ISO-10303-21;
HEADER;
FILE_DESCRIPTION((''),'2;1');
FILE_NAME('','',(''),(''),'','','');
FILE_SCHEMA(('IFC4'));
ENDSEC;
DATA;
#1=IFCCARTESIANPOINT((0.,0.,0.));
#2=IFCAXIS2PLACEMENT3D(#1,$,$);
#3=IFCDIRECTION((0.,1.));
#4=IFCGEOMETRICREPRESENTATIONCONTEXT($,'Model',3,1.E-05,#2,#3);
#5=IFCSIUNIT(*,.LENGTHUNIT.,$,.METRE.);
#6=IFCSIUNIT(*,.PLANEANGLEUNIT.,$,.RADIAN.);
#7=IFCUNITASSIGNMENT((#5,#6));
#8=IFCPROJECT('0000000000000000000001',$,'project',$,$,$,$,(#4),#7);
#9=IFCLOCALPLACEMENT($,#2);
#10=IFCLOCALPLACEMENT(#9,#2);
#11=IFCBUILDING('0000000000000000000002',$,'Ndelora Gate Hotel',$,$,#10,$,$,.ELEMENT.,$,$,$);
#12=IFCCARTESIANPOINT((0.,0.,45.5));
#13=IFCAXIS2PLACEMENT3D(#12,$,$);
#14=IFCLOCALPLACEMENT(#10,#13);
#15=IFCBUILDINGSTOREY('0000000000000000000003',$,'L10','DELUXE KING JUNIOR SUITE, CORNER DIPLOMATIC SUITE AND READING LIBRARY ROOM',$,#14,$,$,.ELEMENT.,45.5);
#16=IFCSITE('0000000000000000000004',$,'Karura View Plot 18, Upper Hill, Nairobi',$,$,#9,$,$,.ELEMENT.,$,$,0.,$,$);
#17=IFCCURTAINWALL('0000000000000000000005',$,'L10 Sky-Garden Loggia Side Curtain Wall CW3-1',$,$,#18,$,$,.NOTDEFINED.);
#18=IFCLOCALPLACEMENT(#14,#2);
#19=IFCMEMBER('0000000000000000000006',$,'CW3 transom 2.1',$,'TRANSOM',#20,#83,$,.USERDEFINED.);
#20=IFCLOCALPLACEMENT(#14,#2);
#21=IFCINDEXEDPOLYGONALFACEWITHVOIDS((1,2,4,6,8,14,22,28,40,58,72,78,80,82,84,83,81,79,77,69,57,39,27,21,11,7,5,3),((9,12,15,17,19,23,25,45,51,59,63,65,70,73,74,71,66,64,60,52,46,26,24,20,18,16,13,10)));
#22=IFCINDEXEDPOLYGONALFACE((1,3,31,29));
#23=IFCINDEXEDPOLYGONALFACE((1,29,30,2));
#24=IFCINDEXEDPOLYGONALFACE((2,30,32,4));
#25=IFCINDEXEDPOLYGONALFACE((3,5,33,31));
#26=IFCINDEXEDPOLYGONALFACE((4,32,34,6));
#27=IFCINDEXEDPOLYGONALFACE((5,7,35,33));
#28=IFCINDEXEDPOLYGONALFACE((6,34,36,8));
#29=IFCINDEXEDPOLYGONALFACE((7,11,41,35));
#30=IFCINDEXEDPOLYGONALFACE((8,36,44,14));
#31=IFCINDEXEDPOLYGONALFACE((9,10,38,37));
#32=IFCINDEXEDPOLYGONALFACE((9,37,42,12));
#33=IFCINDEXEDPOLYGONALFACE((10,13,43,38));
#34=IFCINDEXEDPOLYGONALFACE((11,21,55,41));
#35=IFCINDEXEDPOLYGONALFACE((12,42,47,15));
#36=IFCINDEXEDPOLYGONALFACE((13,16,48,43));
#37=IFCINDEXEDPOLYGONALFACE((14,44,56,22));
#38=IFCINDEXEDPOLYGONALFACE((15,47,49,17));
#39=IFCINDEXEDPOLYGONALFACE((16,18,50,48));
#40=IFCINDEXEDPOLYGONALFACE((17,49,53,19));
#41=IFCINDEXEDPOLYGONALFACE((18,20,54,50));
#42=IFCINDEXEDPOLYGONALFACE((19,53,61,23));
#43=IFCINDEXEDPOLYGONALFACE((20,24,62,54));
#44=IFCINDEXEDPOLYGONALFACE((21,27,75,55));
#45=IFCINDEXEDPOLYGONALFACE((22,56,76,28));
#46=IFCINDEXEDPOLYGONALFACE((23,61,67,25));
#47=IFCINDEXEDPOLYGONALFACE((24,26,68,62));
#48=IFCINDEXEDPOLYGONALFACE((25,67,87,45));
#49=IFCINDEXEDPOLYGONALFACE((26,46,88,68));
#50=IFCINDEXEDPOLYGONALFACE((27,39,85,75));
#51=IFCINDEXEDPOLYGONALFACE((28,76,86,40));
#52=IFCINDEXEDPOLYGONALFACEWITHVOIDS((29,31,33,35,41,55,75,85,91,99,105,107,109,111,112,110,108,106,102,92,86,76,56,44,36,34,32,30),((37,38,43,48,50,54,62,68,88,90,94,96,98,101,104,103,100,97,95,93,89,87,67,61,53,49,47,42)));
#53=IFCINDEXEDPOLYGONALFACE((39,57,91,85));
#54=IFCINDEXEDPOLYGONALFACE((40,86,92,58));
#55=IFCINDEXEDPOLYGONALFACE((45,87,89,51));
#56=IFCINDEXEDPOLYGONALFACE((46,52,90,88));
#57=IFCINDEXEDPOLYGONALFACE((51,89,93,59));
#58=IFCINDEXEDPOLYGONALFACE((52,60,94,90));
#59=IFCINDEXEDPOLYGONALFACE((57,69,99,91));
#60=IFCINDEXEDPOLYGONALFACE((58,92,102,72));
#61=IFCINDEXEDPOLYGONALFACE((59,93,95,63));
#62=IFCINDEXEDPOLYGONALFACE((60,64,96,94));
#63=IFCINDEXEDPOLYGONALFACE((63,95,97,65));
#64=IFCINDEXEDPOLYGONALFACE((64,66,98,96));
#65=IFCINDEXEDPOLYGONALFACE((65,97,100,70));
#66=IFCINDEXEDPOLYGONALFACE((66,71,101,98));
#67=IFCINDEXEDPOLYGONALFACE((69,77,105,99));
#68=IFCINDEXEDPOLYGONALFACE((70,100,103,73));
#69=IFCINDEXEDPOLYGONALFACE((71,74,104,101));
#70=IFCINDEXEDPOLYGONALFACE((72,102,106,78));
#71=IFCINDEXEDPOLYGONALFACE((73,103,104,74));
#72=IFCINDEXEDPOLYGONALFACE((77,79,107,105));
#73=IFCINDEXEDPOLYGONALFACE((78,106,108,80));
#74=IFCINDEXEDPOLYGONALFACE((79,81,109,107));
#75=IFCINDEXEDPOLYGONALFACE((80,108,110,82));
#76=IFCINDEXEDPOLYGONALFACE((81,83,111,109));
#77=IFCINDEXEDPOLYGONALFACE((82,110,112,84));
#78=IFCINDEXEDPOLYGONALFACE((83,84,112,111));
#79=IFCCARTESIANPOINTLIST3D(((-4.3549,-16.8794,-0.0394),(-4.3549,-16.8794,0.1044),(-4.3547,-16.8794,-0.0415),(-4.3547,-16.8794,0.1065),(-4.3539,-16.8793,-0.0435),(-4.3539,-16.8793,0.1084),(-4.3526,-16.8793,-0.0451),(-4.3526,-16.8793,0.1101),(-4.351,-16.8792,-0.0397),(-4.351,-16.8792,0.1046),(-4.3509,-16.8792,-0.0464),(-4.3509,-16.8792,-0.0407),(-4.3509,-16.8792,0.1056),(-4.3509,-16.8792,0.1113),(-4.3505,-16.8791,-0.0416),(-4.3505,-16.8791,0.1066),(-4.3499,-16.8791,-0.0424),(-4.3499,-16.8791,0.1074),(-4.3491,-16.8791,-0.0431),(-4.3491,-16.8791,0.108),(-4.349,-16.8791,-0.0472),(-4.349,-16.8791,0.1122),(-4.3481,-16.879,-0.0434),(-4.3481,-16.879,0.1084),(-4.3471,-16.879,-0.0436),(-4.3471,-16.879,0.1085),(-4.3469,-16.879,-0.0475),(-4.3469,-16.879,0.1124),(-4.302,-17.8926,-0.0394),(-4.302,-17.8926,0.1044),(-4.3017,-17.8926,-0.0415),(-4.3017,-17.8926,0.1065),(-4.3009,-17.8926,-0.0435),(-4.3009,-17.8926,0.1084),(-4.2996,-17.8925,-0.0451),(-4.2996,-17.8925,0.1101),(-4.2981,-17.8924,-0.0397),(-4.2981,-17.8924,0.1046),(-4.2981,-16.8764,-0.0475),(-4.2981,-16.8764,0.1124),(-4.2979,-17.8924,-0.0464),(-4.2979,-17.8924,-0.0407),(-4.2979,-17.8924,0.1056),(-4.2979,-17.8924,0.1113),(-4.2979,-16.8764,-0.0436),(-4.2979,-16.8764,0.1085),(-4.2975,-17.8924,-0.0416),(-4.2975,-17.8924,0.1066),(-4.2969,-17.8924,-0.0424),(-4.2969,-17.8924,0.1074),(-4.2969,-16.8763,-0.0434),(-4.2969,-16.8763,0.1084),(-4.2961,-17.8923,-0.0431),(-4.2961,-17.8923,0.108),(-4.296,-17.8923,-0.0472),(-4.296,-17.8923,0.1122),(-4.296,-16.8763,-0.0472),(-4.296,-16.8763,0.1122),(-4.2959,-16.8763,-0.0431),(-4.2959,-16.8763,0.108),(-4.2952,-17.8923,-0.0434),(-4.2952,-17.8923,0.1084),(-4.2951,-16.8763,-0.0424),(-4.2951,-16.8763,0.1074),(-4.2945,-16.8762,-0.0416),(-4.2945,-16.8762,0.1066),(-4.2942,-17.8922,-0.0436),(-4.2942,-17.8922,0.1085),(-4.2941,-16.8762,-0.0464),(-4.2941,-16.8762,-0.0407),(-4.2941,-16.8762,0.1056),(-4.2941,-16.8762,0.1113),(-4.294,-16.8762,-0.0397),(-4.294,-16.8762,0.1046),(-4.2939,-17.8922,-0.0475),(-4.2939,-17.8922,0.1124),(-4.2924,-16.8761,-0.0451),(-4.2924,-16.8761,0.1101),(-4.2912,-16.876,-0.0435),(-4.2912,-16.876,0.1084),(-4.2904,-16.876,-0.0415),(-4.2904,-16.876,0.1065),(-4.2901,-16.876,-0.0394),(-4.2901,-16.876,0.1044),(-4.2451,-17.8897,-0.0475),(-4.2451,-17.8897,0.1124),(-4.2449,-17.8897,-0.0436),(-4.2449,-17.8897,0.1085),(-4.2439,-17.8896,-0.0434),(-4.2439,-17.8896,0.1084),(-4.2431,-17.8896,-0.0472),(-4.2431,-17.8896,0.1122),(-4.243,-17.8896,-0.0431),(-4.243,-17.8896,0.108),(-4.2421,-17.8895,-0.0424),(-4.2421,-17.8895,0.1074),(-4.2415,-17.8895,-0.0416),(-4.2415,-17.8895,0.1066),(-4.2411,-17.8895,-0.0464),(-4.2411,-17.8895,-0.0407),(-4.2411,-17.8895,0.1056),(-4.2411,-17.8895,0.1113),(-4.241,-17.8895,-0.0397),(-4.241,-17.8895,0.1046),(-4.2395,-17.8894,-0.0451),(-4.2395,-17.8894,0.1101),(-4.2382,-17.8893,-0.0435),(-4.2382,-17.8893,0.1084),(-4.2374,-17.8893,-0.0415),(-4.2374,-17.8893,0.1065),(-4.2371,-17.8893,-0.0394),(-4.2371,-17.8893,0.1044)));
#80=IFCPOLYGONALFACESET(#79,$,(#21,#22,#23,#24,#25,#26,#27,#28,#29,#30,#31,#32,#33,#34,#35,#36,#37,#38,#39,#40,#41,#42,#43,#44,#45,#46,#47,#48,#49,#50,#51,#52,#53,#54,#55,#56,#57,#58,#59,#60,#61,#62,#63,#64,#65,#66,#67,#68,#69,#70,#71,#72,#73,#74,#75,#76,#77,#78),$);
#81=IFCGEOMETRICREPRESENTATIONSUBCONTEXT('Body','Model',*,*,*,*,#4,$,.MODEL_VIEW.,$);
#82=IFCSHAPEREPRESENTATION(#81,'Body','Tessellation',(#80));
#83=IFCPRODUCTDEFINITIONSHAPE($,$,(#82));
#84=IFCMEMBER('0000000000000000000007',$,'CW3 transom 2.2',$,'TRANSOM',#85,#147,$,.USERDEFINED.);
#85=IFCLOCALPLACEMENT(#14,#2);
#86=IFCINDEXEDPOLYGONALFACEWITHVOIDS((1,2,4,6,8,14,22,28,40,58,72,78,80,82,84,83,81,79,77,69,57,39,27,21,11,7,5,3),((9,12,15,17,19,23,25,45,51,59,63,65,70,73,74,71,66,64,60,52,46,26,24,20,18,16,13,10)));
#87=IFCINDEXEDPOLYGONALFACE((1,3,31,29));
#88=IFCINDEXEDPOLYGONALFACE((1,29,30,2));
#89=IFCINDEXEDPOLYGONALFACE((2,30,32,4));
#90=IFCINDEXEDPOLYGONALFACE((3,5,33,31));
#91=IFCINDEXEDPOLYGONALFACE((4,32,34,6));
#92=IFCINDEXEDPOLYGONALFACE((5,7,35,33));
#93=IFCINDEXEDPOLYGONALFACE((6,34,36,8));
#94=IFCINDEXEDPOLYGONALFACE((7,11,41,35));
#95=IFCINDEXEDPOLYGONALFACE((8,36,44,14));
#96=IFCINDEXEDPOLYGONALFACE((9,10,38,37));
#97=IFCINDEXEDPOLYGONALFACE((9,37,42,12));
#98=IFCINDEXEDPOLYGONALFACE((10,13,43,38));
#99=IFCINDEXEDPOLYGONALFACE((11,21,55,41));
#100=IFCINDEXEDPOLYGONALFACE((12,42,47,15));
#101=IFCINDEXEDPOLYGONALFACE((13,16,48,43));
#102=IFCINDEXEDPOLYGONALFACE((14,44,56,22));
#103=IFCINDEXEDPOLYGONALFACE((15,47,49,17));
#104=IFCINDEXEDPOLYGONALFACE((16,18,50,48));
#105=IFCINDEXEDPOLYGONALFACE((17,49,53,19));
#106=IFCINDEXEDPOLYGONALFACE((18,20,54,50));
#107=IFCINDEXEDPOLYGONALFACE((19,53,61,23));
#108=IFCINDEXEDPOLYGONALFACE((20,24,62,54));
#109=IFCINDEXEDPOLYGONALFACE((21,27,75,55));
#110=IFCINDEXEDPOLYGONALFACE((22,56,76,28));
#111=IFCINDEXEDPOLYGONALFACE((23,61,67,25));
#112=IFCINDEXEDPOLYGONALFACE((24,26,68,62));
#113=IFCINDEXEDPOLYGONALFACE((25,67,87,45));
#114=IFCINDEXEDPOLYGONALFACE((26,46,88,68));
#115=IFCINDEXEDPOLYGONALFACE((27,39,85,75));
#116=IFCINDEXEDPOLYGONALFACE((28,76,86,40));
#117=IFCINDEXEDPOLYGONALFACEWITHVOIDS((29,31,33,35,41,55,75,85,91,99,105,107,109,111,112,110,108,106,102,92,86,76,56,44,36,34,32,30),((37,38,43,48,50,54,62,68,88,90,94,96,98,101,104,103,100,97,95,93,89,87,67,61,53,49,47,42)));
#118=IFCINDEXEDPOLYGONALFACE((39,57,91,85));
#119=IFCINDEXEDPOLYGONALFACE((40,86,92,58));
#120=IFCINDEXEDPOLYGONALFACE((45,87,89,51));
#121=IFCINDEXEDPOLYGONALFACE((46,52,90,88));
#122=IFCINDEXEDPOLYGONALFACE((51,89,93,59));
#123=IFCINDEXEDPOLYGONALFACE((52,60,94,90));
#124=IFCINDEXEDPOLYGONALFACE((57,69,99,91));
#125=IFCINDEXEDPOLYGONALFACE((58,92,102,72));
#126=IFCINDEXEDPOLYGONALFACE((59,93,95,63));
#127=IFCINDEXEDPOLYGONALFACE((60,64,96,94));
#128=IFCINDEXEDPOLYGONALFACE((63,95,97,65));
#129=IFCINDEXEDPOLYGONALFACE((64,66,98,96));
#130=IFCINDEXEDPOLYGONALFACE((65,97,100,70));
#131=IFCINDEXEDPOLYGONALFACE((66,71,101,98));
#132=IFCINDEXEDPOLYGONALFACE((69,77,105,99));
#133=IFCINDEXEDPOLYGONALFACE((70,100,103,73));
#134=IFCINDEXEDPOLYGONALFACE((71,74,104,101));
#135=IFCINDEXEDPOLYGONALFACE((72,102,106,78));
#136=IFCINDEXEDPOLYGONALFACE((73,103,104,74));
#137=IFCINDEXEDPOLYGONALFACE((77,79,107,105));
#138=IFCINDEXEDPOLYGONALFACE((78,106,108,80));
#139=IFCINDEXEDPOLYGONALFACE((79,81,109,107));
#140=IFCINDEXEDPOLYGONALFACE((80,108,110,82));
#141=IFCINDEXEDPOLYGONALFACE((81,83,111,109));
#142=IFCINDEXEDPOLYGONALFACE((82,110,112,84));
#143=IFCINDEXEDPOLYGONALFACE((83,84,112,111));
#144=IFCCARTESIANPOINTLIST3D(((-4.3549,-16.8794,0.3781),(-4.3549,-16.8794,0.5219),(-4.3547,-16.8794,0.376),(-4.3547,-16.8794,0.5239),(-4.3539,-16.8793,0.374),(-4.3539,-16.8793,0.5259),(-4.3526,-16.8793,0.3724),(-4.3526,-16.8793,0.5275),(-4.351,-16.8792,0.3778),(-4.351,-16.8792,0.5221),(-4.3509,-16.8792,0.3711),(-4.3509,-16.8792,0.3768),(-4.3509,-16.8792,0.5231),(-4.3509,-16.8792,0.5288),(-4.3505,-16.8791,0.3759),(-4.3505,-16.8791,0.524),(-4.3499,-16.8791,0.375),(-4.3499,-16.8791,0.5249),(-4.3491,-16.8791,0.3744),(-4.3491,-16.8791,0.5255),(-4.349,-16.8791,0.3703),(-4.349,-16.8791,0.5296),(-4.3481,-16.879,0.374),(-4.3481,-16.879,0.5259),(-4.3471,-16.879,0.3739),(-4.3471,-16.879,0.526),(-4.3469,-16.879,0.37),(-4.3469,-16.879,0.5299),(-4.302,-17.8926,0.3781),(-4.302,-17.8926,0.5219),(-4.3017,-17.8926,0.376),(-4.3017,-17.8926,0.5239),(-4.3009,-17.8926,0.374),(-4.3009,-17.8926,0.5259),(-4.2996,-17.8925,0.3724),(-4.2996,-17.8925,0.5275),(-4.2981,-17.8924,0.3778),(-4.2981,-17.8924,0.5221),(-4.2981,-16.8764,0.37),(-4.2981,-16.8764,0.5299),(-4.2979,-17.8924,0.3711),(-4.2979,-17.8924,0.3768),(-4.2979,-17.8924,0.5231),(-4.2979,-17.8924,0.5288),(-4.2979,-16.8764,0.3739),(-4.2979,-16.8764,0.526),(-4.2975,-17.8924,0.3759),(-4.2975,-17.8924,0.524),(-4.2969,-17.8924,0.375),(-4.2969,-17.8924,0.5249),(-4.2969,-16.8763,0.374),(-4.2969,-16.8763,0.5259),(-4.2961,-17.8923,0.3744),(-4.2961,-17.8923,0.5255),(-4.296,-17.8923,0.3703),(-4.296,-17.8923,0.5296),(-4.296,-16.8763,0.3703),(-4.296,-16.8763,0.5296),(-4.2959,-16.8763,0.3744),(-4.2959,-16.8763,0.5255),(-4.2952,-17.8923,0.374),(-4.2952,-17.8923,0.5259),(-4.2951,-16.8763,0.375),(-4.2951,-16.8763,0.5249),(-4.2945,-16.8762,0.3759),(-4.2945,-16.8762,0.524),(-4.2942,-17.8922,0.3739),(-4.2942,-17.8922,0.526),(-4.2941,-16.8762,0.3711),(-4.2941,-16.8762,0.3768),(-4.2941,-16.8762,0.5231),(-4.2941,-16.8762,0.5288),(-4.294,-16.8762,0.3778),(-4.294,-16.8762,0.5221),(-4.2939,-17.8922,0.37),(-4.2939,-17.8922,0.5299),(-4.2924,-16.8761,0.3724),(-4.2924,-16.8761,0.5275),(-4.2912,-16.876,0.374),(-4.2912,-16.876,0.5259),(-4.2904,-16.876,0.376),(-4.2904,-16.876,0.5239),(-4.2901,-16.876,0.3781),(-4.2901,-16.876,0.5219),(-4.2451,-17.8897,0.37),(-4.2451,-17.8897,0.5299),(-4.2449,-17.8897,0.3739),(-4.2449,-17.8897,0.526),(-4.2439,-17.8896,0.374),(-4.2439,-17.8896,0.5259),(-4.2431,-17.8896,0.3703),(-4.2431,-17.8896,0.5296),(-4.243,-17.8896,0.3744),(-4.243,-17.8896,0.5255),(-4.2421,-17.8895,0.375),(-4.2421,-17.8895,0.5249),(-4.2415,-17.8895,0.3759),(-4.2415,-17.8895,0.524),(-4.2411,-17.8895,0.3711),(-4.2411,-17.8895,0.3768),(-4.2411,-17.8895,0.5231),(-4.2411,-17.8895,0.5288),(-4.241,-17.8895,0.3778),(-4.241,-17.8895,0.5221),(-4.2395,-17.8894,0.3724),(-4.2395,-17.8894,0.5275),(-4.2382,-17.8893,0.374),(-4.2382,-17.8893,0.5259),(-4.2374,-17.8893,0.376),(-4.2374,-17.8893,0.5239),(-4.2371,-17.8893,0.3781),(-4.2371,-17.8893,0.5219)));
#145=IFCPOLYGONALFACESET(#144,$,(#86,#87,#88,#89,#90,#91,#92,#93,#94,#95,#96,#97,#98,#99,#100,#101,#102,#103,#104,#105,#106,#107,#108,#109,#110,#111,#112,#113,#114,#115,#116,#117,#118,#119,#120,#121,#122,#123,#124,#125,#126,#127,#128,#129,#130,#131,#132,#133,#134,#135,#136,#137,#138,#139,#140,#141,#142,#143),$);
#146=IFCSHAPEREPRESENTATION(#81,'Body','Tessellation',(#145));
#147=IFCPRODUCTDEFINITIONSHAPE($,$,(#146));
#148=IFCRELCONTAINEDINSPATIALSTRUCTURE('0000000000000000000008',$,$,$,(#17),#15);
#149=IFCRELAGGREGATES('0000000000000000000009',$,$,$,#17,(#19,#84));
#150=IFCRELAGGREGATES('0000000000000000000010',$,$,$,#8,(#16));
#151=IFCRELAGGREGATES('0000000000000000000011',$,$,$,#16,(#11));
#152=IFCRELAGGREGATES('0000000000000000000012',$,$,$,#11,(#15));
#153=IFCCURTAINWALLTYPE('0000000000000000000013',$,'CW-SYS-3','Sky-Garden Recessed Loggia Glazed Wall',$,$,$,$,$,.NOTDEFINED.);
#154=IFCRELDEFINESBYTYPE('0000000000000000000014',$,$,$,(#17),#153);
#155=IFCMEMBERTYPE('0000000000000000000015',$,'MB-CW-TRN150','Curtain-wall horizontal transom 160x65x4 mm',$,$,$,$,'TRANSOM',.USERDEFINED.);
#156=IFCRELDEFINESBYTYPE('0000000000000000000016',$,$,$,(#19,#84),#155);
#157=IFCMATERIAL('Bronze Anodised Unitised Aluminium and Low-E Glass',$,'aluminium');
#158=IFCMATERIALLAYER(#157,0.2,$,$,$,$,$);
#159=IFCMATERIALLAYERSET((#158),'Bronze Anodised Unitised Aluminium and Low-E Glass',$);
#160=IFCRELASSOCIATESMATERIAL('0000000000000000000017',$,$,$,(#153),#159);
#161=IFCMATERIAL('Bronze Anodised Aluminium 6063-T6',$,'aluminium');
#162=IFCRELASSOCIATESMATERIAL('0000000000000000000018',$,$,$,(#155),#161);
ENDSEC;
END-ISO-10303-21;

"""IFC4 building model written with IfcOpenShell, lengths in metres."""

from ifc_helpers import new_model, si_unit, direction, frame, origin, origin_2d, place, context, subcontext, project, spatial, hollow_rectangle, extrude, material, layer, layer_set, material_profile, profile_set, type_object, element, aggregate, save


model = new_model("IFC4")

# Units and contexts
model_context = context("Model", 3, precision=1e-05, world=origin(), true_north=direction((0.0, 1.0)))
body_context = subcontext(model_context, "Body", "Model", "MODEL_VIEW")
ifc_project = project(units=[si_unit("LENGTHUNIT", "METRE"), si_unit("PLANEANGLEUNIT", "RADIAN")], contexts=[model_context])

# Site, building, storey
site_placement = place(None, origin())
site = spatial("IfcSite", under=ifc_project, at=site_placement, Name="Karura View Plot 18, Upper Hill, Nairobi", CompositionType="ELEMENT", RefElevation=0.0)
building_placement = place(site_placement, origin())
building = spatial("IfcBuilding", under=site, at=building_placement, Name="Ndelora Gate Hotel", CompositionType="ELEMENT")
storey_placement = place(building_placement, frame((0.0, 0.0, 45.5)))
storey = spatial("IfcBuildingStorey", under=building, at=storey_placement, Name="L10", Description="DELUXE KING JUNIOR SUITE, CORNER DIPLOMATIC SUITE AND READING LIBRARY ROOM", CompositionType="ELEMENT", Elevation=45.5)

# Curtain wall, members
ifc_material_1 = material(Name="Bronze Anodised Unitised Aluminium and Low-E Glass", Category="aluminium")
ifc_layer_1 = layer(ifc_material_1, 0.2)
ifc_layer_set_1 = layer_set([ifc_layer_1], Name="Bronze Anodised Unitised Aluminium and Low-E Glass")
curtain_wall_type = type_object("IfcCurtainWallType", Name="CW-SYS-3", Description="Sky-Garden Recessed Loggia Glazed Wall", PredefinedType="NOTDEFINED", material=ifc_layer_set_1)
curtain_wall_placement = place(storey_placement, origin())
curtain_wall = element("IfcCurtainWall", 1, at=curtain_wall_placement, inside=storey, type_object=curtain_wall_type, Name="L10 Sky-Garden Loggia Side Curtain Wall CW3-1", PredefinedType="NOTDEFINED")
ifc_material_2 = material(Name="Bronze Anodised Aluminium 6063-T6", Category="aluminium")
ifc_material_profile_1 = material_profile(ifc_material_2, hollow_rectangle(XDim=0.0649, YDim=0.1599, WallThickness=0.0039, InnerFilletRadius=0.0039, OuterFilletRadius=0.0081, at=origin_2d()), Name="ALU 160x65x4")
ifc_profile_set_1 = profile_set([ifc_material_profile_1], Name="Bronze Anodised Aluminium 6063-T6")
member_type_1 = type_object("IfcMemberType", Name="MB-CW-TRN150", Description="Curtain-wall horizontal transom 160x65x4 mm", ElementType="TRANSOM", PredefinedType="USERDEFINED", material=ifc_profile_set_1)
member_1_placement = place(storey_placement, frame((-4.3225, -16.8777, 0.0325), z_axis=(0.052218, -0.998636, 0.0), x_axis=(0.998636, 0.052218, 0.0)))
member_1 = element("IfcMember", 2, at=member_1_placement, type_object=member_type_1, Name="CW3 transom 2.1", ObjectType="TRANSOM", PredefinedType="USERDEFINED", context=body_context, shape_type="SweptSolid", body=[
    extrude(hollow_rectangle(XDim=0.0649, YDim=0.1599, WallThickness=0.0039, InnerFilletRadius=0.0039, OuterFilletRadius=0.0081, at=origin_2d()), origin(), (0.0, 0.0, 1.0), 1.0146),
])
member_2_placement = place(storey_placement, frame((-4.3225, -16.8777, 0.45), z_axis=(0.052218, -0.998636, 0.0), x_axis=(0.998636, 0.052218, 0.0)))
member_2 = element("IfcMember", 3, at=member_2_placement, type_object=member_type_1, Name="CW3 transom 2.2", ObjectType="TRANSOM", PredefinedType="USERDEFINED", context=body_context, shape_type="SweptSolid", body=[
    extrude(hollow_rectangle(XDim=0.0649, YDim=0.1599, WallThickness=0.0039, InnerFilletRadius=0.0039, OuterFilletRadius=0.0081, at=origin_2d()), origin(), (0.0, 0.0, 1.0), 1.0146),
])
aggregate(curtain_wall, [member_1, member_2])

save(model, "model.ifc")
